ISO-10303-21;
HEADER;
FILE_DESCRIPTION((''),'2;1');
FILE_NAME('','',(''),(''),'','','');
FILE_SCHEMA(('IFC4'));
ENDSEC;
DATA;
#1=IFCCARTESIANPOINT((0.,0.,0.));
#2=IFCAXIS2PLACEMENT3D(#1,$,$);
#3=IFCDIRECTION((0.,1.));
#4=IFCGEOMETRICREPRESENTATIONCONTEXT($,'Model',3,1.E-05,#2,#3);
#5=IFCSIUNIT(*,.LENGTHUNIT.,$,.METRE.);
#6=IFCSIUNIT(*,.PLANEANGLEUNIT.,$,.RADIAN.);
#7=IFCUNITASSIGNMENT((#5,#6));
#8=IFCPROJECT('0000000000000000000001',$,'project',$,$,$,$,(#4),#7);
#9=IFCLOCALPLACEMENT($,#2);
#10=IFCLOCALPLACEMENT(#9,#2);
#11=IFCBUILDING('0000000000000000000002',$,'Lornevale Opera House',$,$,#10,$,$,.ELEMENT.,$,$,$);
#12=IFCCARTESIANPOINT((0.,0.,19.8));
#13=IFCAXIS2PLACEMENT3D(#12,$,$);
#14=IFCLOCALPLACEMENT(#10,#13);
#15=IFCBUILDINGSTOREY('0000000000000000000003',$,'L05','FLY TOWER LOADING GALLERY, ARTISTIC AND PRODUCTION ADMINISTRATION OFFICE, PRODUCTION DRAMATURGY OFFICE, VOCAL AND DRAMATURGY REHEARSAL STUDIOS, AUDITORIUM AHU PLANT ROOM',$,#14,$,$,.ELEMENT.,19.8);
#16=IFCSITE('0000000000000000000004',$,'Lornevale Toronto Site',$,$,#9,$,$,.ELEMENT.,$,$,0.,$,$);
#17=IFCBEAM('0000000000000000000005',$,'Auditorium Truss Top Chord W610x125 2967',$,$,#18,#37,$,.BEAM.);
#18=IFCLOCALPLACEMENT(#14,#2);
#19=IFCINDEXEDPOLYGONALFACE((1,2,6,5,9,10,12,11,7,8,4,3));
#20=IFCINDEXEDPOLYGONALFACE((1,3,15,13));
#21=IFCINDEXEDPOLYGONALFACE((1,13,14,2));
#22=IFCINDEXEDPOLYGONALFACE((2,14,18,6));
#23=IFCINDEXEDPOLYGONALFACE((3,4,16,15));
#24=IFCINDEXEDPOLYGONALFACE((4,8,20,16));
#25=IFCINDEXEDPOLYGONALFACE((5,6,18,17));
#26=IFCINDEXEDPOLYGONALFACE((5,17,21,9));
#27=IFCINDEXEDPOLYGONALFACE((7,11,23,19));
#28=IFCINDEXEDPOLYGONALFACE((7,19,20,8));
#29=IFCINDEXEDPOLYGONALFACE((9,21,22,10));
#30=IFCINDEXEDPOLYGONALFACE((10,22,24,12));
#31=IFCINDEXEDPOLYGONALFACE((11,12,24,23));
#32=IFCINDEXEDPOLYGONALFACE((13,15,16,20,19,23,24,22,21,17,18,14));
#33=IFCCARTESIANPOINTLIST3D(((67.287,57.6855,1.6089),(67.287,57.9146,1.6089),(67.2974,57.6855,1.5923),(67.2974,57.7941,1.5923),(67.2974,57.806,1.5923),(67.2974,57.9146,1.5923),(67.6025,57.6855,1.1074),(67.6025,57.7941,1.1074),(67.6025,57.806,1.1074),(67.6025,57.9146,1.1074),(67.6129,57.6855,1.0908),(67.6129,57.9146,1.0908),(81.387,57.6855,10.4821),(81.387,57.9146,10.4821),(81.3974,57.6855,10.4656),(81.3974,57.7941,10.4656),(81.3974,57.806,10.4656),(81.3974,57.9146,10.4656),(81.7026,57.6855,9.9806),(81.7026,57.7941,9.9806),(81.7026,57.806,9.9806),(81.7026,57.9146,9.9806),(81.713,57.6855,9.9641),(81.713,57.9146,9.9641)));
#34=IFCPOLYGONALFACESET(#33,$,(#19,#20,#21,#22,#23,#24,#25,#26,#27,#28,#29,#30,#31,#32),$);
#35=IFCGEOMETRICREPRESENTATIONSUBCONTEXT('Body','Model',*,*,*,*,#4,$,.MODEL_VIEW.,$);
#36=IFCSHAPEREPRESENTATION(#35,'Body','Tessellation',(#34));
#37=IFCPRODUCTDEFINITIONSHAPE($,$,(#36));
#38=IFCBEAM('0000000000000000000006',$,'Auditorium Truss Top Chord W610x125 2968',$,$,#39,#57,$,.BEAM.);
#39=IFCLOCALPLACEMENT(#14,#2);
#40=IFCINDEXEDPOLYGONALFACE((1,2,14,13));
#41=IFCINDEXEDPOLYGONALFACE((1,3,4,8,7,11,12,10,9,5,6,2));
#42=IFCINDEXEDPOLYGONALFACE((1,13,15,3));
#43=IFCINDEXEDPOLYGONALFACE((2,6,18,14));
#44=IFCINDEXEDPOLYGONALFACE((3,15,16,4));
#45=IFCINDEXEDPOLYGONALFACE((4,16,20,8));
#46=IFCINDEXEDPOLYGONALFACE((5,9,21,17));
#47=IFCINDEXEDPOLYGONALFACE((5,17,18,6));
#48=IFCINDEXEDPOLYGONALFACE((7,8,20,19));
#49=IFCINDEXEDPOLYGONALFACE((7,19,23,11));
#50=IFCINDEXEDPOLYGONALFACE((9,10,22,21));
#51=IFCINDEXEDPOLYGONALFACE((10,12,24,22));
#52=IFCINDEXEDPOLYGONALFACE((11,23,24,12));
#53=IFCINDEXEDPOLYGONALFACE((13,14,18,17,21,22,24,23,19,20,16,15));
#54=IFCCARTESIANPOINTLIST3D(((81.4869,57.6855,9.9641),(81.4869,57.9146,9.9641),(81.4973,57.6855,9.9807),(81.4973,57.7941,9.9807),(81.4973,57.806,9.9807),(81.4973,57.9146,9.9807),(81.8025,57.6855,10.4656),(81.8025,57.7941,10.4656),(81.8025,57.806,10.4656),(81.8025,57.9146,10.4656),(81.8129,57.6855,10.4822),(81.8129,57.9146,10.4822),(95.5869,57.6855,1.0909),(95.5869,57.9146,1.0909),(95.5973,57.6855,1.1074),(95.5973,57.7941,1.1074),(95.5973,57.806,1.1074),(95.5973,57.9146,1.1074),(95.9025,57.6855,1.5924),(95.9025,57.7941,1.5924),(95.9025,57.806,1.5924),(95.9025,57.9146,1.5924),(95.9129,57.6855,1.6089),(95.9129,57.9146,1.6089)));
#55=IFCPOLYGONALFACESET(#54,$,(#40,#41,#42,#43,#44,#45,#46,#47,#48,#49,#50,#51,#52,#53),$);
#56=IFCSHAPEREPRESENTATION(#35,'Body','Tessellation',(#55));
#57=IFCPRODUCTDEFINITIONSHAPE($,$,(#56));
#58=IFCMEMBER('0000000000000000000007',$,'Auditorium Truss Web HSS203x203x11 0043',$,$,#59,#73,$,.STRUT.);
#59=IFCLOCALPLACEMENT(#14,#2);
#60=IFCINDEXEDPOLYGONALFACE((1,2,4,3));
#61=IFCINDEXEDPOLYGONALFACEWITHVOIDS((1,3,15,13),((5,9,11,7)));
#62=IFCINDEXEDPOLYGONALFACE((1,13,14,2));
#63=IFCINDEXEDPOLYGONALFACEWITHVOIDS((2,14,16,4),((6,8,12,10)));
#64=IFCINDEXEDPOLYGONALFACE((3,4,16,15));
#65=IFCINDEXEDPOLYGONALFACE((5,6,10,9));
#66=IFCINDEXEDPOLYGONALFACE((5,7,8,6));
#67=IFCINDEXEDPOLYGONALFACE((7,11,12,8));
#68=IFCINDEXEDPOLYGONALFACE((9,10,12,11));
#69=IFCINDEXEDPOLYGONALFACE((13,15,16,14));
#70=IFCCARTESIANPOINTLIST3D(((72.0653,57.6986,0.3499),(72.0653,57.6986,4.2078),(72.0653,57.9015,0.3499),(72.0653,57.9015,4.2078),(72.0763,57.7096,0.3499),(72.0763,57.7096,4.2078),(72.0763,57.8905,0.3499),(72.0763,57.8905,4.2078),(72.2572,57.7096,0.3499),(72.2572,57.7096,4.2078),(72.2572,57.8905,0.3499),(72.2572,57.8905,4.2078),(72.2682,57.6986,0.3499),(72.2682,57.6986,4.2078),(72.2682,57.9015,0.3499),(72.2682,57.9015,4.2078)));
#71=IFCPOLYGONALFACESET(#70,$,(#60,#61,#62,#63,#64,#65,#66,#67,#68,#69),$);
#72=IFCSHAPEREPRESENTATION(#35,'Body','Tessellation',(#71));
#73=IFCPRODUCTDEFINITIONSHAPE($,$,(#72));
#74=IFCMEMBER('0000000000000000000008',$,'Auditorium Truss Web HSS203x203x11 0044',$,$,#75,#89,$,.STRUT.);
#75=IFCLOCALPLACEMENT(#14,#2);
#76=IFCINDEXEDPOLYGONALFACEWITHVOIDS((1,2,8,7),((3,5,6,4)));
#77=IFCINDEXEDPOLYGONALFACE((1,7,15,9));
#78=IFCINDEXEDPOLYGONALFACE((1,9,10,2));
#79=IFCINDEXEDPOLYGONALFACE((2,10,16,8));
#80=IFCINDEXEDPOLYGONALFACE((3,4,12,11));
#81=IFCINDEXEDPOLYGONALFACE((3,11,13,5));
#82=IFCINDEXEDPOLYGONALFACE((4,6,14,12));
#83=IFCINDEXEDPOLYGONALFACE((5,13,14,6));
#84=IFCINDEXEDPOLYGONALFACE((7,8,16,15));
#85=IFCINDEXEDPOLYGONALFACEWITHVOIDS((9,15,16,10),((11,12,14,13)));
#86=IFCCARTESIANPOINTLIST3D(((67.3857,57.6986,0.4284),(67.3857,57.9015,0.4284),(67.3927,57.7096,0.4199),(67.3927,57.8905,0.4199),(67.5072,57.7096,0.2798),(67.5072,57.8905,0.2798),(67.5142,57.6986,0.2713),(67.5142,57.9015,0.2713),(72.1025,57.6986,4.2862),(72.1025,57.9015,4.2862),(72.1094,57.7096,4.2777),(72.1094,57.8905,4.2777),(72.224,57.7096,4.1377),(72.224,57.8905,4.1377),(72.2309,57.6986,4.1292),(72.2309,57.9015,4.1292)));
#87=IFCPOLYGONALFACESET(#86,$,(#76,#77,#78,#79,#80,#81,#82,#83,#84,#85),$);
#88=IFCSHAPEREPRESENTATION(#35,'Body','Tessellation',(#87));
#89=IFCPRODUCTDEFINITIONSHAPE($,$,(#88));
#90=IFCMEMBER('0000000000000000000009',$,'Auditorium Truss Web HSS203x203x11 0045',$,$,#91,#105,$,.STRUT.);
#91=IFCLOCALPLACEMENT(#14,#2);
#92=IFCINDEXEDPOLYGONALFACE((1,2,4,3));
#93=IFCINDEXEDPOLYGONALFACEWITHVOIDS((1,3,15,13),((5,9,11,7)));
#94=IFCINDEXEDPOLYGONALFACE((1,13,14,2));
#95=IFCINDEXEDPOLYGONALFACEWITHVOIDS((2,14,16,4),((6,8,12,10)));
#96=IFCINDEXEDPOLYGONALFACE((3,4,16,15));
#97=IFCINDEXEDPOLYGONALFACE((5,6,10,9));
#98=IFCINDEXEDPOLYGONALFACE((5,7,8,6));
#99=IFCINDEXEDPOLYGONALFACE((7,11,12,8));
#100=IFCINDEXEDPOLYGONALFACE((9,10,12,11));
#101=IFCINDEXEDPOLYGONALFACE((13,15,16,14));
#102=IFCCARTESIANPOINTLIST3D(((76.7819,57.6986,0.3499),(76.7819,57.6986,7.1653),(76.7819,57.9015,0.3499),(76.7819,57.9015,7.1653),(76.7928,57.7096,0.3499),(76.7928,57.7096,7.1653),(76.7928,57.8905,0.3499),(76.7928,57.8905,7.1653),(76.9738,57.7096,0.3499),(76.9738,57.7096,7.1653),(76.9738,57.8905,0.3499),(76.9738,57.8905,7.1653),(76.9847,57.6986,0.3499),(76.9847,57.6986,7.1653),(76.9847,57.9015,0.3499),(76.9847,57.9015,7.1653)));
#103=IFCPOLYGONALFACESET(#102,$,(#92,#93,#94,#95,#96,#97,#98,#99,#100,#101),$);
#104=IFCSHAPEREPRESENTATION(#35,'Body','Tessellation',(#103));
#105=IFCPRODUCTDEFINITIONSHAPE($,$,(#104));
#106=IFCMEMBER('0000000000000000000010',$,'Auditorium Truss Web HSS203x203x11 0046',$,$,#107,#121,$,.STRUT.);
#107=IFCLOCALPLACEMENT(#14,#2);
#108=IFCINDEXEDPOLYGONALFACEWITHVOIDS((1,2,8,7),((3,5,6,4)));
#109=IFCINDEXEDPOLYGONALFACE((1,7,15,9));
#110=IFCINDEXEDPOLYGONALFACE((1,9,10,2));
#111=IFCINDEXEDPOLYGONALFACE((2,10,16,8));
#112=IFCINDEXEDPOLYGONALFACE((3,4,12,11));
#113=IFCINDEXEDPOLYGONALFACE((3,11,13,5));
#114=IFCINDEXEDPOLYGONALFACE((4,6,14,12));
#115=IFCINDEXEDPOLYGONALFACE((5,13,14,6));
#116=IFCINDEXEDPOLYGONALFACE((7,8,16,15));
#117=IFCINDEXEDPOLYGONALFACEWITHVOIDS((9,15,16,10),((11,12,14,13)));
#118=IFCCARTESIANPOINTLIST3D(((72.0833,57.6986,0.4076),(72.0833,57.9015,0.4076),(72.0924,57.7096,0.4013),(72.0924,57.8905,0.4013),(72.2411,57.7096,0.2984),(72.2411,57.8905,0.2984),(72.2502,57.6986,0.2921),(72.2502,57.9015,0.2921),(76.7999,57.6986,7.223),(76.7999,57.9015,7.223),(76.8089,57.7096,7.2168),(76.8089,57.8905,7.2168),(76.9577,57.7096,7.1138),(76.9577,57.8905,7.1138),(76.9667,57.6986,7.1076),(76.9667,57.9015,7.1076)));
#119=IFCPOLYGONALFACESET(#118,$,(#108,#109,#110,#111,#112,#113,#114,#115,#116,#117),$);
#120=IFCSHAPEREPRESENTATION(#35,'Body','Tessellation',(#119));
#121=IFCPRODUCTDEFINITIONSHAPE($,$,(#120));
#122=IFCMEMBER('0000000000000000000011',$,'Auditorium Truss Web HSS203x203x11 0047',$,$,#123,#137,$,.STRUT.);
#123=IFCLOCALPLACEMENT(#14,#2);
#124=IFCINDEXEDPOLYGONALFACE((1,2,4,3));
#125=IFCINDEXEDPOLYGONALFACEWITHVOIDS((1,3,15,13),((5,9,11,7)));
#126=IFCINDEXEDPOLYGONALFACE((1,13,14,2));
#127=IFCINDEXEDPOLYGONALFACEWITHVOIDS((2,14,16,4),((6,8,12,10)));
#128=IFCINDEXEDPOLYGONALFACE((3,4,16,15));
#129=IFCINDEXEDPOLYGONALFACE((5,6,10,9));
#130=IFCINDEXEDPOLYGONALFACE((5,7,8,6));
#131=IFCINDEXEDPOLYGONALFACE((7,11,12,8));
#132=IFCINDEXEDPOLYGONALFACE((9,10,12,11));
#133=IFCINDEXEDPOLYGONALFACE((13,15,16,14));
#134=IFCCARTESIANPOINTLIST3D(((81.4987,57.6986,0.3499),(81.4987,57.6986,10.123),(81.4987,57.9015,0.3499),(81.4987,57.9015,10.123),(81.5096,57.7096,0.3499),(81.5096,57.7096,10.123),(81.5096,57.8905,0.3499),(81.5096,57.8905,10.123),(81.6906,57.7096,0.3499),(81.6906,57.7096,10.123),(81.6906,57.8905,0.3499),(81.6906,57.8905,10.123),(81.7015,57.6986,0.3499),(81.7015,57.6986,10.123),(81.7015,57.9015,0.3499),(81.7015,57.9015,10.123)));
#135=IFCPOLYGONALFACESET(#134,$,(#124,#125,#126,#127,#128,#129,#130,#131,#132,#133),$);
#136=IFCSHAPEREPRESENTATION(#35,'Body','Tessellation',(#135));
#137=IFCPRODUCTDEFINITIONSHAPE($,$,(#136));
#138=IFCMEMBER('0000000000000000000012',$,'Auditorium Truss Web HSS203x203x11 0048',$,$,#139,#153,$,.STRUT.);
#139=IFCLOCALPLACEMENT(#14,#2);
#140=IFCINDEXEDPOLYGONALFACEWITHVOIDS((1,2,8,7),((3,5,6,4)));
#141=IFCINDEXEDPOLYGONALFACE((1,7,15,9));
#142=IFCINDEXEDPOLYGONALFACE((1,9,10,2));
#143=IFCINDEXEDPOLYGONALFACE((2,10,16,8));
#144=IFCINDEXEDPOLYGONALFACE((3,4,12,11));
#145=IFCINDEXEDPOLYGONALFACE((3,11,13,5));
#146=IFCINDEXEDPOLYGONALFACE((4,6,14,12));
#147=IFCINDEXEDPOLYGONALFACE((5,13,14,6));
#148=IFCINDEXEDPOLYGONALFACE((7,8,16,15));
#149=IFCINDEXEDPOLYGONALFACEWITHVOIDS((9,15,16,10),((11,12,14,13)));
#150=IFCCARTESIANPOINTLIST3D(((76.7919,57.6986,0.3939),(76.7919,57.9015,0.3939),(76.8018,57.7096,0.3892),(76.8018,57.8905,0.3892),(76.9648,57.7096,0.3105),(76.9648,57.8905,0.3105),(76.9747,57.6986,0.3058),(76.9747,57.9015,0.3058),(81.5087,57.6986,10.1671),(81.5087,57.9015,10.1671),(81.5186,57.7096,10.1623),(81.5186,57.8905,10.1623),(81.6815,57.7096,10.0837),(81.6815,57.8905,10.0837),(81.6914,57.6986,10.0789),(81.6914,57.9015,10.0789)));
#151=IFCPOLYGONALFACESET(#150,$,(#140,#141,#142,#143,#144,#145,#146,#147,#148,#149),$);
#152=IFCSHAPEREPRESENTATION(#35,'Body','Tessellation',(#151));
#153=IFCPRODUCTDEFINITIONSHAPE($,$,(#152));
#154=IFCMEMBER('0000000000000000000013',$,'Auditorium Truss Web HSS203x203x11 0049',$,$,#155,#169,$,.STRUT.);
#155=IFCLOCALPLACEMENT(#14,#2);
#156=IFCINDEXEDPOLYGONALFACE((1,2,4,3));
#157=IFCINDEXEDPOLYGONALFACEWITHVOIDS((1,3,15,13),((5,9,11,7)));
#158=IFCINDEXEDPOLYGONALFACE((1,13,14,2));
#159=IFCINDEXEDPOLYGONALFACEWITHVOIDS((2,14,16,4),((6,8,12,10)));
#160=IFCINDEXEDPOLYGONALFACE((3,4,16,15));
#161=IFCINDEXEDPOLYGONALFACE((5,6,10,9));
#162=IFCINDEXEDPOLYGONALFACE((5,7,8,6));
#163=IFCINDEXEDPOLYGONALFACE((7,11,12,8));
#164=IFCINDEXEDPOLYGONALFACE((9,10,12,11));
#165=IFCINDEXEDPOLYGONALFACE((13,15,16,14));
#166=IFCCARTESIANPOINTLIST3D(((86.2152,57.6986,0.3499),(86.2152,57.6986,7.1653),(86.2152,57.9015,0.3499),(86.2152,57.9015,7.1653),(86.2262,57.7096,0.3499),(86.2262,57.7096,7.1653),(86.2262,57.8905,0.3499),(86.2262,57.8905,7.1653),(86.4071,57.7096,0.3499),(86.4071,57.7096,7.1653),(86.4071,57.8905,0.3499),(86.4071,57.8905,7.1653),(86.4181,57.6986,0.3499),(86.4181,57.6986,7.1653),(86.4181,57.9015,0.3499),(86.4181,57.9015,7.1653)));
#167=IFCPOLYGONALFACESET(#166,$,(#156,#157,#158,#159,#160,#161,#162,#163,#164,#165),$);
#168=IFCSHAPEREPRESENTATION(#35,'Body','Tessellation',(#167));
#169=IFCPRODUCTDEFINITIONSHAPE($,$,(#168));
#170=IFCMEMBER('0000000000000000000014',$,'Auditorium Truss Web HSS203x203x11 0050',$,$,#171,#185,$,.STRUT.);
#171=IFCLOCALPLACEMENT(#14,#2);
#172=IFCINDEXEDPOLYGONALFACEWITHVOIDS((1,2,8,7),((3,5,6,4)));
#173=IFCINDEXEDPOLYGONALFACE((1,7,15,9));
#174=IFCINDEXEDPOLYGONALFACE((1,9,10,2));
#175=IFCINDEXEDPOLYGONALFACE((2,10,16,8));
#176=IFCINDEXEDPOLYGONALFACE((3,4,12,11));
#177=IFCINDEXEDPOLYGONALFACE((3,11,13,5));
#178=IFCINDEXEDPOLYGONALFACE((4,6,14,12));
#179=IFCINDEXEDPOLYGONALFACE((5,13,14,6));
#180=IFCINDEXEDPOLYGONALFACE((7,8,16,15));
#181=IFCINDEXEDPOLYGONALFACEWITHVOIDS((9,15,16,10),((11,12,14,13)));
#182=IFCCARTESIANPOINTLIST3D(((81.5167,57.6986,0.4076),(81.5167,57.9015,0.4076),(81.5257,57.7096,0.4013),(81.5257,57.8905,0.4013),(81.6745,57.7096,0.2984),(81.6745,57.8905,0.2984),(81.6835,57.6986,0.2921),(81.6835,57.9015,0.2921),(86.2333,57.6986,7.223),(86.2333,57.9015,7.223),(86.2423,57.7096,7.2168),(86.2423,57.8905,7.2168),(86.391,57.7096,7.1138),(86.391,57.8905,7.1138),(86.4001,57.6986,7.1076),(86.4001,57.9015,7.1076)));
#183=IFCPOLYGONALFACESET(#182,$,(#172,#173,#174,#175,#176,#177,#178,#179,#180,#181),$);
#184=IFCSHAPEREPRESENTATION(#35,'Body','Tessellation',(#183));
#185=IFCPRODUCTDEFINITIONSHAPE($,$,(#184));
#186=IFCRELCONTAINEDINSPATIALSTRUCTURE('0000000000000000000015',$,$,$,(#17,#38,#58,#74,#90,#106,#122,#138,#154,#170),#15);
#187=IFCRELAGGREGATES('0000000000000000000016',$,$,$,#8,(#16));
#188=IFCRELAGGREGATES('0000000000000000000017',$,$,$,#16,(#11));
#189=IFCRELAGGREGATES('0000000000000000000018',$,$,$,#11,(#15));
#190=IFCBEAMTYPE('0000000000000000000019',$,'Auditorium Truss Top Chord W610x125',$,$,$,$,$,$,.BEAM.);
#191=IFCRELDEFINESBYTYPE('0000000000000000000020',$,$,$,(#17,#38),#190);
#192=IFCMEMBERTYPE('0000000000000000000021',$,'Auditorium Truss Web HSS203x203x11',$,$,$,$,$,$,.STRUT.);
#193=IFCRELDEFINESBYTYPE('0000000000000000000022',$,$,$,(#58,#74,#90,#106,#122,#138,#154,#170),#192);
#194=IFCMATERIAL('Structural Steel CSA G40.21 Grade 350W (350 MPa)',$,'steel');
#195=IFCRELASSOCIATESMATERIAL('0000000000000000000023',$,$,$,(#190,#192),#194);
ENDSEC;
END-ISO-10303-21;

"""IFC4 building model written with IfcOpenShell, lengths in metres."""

from ifc_helpers import new_model, si_unit, direction, frame, origin, origin_2d, place, context, subcontext, project, spatial, hollow_rectangle, i_section, extrude, material, material_profile, profile_set, type_object, element, save


model = new_model("IFC4")

# Units and contexts
model_context = context("Model", 3, precision=1e-05, world=origin(), true_north=direction((0.0, 1.0)))
body_context = subcontext(model_context, "Body", "Model", "MODEL_VIEW")
ifc_project = project(units=[si_unit("LENGTHUNIT", "METRE"), si_unit("PLANEANGLEUNIT", "RADIAN")], contexts=[model_context])

# Site, building, storey
site_placement = place(None, origin())
site = spatial("IfcSite", under=ifc_project, at=site_placement, Name="Lornevale Toronto Site", CompositionType="ELEMENT", RefElevation=0.0)
building_placement = place(site_placement, origin())
building = spatial("IfcBuilding", under=site, at=building_placement, Name="Lornevale Opera House", CompositionType="ELEMENT")
storey_placement = place(building_placement, frame((0.0, 0.0, 19.8)))
storey = spatial("IfcBuildingStorey", under=building, at=storey_placement, Name="L05", Description="FLY TOWER LOADING GALLERY, ARTISTIC AND PRODUCTION ADMINISTRATION OFFICE, PRODUCTION DRAMATURGY OFFICE, VOCAL AND DRAMATURGY REHEARSAL STUDIOS, AUDITORIUM AHU PLANT ROOM", CompositionType="ELEMENT", Elevation=19.8)

# Beams
ifc_material_1 = material(Name="Structural Steel CSA G40.21 Grade 350W (350 MPa)", Category="steel")
ifc_material_profile_1 = material_profile(ifc_material_1, i_section(OverallWidth=0.229, OverallDepth=0.6121, WebThickness=0.012, FlangeThickness=0.0195, at=origin_2d()), Name="W610x125")
ifc_profile_set_1 = profile_set([ifc_material_profile_1], Name="Structural Steel CSA G40.21 Grade 350W (350 MPa)")
beam_type_1 = type_object("IfcBeamType", Name="Auditorium Truss Top Chord W610x125", PredefinedType="BEAM", material=ifc_profile_set_1)
for number, where, z_axis, x_axis, name in (
    (1, (67.45, 57.8, 1.3499), (0.846356, 0.0, 0.532618), (0.0, 1.0, 0.0), "Auditorium Truss Top Chord W610x125 2967"),
    (2, (81.6499, 57.8, 10.2231), (0.846356, 0.0, -0.532618), (0.0, 1.0, 0.0), "Auditorium Truss Top Chord W610x125 2968"),
):
    element("IfcBeam", number, at=place(storey_placement, frame(where, z_axis=z_axis, x_axis=x_axis)), inside=storey, type_object=beam_type_1, Name=name, PredefinedType="BEAM", context=body_context, shape_type="SweptSolid", body=[
        extrude(i_section(OverallWidth=0.229, OverallDepth=0.6121, WebThickness=0.012, FlangeThickness=0.0195, at=origin_2d()), origin(), (0.0, 0.0, 1.0), 16.6597),
    ])

# Members
ifc_material_profile_2 = material_profile(ifc_material_1, hollow_rectangle(XDim=0.2029, YDim=0.2029, WallThickness=0.011, at=origin_2d()), Name="HSS203x203x11")
ifc_profile_set_2 = profile_set([ifc_material_profile_2], Name="Structural Steel CSA G40.21 Grade 350W (350 MPa)")
member_type_1 = type_object("IfcMemberType", Name="Auditorium Truss Web HSS203x203x11", PredefinedType="STRUT", material=ifc_profile_set_2)
member_1_placement = place(storey_placement, frame((72.1667, 57.8, 0.3499), z_axis=(0.0, 0.0, 1.0), x_axis=(1.0, 0.0, 0.0)))
element("IfcMember", 3, at=member_1_placement, inside=storey, type_object=member_type_1, Name="Auditorium Truss Web HSS203x203x11 0043", PredefinedType="STRUT", context=body_context, shape_type="SweptSolid", body=[
    extrude(hollow_rectangle(XDim=0.2029, YDim=0.2029, WallThickness=0.011, at=origin_2d()), origin(), (0.0, 0.0, 1.0), 3.8579),
])
member_2_placement = place(storey_placement, frame((67.45, 57.8, 0.3499), z_axis=(0.774061, 0.0, 0.633111), x_axis=(0.0, 1.0, 0.0)))
element("IfcMember", 4, at=member_2_placement, inside=storey, type_object=member_type_1, Name="Auditorium Truss Web HSS203x203x11 0044", PredefinedType="STRUT", context=body_context, shape_type="SweptSolid", body=[
    extrude(hollow_rectangle(XDim=0.2029, YDim=0.2029, WallThickness=0.011, at=origin_2d()), origin(), (0.0, 0.0, 1.0), 6.0935),
])
member_3_placement = place(storey_placement, frame((76.8833, 57.8, 0.3499), z_axis=(0.0, 0.0, 1.0), x_axis=(1.0, 0.0, 0.0)))
element("IfcMember", 5, at=member_3_placement, inside=storey, type_object=member_type_1, Name="Auditorium Truss Web HSS203x203x11 0045", PredefinedType="STRUT", context=body_context, shape_type="SweptSolid", body=[
    extrude(hollow_rectangle(XDim=0.2029, YDim=0.2029, WallThickness=0.011, at=origin_2d()), origin(), (0.0, 0.0, 1.0), 6.8154),
])
member_4_placement = place(storey_placement, frame((72.1667, 57.8, 0.3499), z_axis=(0.569061, 0.0, 0.822295), x_axis=(0.0, 1.0, 0.0)))
element("IfcMember", 6, at=member_4_placement, inside=storey, type_object=member_type_1, Name="Auditorium Truss Web HSS203x203x11 0046", PredefinedType="STRUT", context=body_context, shape_type="SweptSolid", body=[
    extrude(hollow_rectangle(XDim=0.2029, YDim=0.2029, WallThickness=0.011, at=origin_2d()), origin(), (0.0, 0.0, 1.0), 8.2883),
])
member_5_placement = place(storey_placement, frame((81.6001, 57.8, 0.3499), z_axis=(0.0, 0.0, 1.0), x_axis=(1.0, 0.0, 0.0)))
element("IfcMember", 7, at=member_5_placement, inside=storey, type_object=member_type_1, Name="Auditorium Truss Web HSS203x203x11 0047", PredefinedType="STRUT", context=body_context, shape_type="SweptSolid", body=[
    extrude(hollow_rectangle(XDim=0.2029, YDim=0.2029, WallThickness=0.011, at=origin_2d()), origin(), (0.0, 0.0, 1.0), 9.7732),
])
member_6_placement = place(storey_placement, frame((76.8833, 57.8, 0.3499), z_axis=(0.434652, 0.0, 0.900598), x_axis=(0.0, 1.0, 0.0)))
element("IfcMember", 8, at=member_6_placement, inside=storey, type_object=member_type_1, Name="Auditorium Truss Web HSS203x203x11 0048", PredefinedType="STRUT", context=body_context, shape_type="SweptSolid", body=[
    extrude(hollow_rectangle(XDim=0.2029, YDim=0.2029, WallThickness=0.011, at=origin_2d()), origin(), (0.0, 0.0, 1.0), 10.8518),
])
member_7_placement = place(storey_placement, frame((86.3167, 57.8, 0.3499), z_axis=(0.0, 0.0, 1.0), x_axis=(1.0, 0.0, 0.0)))
element("IfcMember", 9, at=member_7_placement, inside=storey, type_object=member_type_1, Name="Auditorium Truss Web HSS203x203x11 0049", PredefinedType="STRUT", context=body_context, shape_type="SweptSolid", body=[
    extrude(hollow_rectangle(XDim=0.2029, YDim=0.2029, WallThickness=0.011, at=origin_2d()), origin(), (0.0, 0.0, 1.0), 6.8154),
])
member_8_placement = place(storey_placement, frame((81.6001, 57.8, 0.3499), z_axis=(0.569061, 0.0, 0.822295), x_axis=(0.0, 1.0, 0.0)))
element("IfcMember", 10, at=member_8_placement, inside=storey, type_object=member_type_1, Name="Auditorium Truss Web HSS203x203x11 0050", PredefinedType="STRUT", context=body_context, shape_type="SweptSolid", body=[
    extrude(hollow_rectangle(XDim=0.2029, YDim=0.2029, WallThickness=0.011, at=origin_2d()), origin(), (0.0, 0.0, 1.0), 8.2883),
])

save(model, "model.ifc")
